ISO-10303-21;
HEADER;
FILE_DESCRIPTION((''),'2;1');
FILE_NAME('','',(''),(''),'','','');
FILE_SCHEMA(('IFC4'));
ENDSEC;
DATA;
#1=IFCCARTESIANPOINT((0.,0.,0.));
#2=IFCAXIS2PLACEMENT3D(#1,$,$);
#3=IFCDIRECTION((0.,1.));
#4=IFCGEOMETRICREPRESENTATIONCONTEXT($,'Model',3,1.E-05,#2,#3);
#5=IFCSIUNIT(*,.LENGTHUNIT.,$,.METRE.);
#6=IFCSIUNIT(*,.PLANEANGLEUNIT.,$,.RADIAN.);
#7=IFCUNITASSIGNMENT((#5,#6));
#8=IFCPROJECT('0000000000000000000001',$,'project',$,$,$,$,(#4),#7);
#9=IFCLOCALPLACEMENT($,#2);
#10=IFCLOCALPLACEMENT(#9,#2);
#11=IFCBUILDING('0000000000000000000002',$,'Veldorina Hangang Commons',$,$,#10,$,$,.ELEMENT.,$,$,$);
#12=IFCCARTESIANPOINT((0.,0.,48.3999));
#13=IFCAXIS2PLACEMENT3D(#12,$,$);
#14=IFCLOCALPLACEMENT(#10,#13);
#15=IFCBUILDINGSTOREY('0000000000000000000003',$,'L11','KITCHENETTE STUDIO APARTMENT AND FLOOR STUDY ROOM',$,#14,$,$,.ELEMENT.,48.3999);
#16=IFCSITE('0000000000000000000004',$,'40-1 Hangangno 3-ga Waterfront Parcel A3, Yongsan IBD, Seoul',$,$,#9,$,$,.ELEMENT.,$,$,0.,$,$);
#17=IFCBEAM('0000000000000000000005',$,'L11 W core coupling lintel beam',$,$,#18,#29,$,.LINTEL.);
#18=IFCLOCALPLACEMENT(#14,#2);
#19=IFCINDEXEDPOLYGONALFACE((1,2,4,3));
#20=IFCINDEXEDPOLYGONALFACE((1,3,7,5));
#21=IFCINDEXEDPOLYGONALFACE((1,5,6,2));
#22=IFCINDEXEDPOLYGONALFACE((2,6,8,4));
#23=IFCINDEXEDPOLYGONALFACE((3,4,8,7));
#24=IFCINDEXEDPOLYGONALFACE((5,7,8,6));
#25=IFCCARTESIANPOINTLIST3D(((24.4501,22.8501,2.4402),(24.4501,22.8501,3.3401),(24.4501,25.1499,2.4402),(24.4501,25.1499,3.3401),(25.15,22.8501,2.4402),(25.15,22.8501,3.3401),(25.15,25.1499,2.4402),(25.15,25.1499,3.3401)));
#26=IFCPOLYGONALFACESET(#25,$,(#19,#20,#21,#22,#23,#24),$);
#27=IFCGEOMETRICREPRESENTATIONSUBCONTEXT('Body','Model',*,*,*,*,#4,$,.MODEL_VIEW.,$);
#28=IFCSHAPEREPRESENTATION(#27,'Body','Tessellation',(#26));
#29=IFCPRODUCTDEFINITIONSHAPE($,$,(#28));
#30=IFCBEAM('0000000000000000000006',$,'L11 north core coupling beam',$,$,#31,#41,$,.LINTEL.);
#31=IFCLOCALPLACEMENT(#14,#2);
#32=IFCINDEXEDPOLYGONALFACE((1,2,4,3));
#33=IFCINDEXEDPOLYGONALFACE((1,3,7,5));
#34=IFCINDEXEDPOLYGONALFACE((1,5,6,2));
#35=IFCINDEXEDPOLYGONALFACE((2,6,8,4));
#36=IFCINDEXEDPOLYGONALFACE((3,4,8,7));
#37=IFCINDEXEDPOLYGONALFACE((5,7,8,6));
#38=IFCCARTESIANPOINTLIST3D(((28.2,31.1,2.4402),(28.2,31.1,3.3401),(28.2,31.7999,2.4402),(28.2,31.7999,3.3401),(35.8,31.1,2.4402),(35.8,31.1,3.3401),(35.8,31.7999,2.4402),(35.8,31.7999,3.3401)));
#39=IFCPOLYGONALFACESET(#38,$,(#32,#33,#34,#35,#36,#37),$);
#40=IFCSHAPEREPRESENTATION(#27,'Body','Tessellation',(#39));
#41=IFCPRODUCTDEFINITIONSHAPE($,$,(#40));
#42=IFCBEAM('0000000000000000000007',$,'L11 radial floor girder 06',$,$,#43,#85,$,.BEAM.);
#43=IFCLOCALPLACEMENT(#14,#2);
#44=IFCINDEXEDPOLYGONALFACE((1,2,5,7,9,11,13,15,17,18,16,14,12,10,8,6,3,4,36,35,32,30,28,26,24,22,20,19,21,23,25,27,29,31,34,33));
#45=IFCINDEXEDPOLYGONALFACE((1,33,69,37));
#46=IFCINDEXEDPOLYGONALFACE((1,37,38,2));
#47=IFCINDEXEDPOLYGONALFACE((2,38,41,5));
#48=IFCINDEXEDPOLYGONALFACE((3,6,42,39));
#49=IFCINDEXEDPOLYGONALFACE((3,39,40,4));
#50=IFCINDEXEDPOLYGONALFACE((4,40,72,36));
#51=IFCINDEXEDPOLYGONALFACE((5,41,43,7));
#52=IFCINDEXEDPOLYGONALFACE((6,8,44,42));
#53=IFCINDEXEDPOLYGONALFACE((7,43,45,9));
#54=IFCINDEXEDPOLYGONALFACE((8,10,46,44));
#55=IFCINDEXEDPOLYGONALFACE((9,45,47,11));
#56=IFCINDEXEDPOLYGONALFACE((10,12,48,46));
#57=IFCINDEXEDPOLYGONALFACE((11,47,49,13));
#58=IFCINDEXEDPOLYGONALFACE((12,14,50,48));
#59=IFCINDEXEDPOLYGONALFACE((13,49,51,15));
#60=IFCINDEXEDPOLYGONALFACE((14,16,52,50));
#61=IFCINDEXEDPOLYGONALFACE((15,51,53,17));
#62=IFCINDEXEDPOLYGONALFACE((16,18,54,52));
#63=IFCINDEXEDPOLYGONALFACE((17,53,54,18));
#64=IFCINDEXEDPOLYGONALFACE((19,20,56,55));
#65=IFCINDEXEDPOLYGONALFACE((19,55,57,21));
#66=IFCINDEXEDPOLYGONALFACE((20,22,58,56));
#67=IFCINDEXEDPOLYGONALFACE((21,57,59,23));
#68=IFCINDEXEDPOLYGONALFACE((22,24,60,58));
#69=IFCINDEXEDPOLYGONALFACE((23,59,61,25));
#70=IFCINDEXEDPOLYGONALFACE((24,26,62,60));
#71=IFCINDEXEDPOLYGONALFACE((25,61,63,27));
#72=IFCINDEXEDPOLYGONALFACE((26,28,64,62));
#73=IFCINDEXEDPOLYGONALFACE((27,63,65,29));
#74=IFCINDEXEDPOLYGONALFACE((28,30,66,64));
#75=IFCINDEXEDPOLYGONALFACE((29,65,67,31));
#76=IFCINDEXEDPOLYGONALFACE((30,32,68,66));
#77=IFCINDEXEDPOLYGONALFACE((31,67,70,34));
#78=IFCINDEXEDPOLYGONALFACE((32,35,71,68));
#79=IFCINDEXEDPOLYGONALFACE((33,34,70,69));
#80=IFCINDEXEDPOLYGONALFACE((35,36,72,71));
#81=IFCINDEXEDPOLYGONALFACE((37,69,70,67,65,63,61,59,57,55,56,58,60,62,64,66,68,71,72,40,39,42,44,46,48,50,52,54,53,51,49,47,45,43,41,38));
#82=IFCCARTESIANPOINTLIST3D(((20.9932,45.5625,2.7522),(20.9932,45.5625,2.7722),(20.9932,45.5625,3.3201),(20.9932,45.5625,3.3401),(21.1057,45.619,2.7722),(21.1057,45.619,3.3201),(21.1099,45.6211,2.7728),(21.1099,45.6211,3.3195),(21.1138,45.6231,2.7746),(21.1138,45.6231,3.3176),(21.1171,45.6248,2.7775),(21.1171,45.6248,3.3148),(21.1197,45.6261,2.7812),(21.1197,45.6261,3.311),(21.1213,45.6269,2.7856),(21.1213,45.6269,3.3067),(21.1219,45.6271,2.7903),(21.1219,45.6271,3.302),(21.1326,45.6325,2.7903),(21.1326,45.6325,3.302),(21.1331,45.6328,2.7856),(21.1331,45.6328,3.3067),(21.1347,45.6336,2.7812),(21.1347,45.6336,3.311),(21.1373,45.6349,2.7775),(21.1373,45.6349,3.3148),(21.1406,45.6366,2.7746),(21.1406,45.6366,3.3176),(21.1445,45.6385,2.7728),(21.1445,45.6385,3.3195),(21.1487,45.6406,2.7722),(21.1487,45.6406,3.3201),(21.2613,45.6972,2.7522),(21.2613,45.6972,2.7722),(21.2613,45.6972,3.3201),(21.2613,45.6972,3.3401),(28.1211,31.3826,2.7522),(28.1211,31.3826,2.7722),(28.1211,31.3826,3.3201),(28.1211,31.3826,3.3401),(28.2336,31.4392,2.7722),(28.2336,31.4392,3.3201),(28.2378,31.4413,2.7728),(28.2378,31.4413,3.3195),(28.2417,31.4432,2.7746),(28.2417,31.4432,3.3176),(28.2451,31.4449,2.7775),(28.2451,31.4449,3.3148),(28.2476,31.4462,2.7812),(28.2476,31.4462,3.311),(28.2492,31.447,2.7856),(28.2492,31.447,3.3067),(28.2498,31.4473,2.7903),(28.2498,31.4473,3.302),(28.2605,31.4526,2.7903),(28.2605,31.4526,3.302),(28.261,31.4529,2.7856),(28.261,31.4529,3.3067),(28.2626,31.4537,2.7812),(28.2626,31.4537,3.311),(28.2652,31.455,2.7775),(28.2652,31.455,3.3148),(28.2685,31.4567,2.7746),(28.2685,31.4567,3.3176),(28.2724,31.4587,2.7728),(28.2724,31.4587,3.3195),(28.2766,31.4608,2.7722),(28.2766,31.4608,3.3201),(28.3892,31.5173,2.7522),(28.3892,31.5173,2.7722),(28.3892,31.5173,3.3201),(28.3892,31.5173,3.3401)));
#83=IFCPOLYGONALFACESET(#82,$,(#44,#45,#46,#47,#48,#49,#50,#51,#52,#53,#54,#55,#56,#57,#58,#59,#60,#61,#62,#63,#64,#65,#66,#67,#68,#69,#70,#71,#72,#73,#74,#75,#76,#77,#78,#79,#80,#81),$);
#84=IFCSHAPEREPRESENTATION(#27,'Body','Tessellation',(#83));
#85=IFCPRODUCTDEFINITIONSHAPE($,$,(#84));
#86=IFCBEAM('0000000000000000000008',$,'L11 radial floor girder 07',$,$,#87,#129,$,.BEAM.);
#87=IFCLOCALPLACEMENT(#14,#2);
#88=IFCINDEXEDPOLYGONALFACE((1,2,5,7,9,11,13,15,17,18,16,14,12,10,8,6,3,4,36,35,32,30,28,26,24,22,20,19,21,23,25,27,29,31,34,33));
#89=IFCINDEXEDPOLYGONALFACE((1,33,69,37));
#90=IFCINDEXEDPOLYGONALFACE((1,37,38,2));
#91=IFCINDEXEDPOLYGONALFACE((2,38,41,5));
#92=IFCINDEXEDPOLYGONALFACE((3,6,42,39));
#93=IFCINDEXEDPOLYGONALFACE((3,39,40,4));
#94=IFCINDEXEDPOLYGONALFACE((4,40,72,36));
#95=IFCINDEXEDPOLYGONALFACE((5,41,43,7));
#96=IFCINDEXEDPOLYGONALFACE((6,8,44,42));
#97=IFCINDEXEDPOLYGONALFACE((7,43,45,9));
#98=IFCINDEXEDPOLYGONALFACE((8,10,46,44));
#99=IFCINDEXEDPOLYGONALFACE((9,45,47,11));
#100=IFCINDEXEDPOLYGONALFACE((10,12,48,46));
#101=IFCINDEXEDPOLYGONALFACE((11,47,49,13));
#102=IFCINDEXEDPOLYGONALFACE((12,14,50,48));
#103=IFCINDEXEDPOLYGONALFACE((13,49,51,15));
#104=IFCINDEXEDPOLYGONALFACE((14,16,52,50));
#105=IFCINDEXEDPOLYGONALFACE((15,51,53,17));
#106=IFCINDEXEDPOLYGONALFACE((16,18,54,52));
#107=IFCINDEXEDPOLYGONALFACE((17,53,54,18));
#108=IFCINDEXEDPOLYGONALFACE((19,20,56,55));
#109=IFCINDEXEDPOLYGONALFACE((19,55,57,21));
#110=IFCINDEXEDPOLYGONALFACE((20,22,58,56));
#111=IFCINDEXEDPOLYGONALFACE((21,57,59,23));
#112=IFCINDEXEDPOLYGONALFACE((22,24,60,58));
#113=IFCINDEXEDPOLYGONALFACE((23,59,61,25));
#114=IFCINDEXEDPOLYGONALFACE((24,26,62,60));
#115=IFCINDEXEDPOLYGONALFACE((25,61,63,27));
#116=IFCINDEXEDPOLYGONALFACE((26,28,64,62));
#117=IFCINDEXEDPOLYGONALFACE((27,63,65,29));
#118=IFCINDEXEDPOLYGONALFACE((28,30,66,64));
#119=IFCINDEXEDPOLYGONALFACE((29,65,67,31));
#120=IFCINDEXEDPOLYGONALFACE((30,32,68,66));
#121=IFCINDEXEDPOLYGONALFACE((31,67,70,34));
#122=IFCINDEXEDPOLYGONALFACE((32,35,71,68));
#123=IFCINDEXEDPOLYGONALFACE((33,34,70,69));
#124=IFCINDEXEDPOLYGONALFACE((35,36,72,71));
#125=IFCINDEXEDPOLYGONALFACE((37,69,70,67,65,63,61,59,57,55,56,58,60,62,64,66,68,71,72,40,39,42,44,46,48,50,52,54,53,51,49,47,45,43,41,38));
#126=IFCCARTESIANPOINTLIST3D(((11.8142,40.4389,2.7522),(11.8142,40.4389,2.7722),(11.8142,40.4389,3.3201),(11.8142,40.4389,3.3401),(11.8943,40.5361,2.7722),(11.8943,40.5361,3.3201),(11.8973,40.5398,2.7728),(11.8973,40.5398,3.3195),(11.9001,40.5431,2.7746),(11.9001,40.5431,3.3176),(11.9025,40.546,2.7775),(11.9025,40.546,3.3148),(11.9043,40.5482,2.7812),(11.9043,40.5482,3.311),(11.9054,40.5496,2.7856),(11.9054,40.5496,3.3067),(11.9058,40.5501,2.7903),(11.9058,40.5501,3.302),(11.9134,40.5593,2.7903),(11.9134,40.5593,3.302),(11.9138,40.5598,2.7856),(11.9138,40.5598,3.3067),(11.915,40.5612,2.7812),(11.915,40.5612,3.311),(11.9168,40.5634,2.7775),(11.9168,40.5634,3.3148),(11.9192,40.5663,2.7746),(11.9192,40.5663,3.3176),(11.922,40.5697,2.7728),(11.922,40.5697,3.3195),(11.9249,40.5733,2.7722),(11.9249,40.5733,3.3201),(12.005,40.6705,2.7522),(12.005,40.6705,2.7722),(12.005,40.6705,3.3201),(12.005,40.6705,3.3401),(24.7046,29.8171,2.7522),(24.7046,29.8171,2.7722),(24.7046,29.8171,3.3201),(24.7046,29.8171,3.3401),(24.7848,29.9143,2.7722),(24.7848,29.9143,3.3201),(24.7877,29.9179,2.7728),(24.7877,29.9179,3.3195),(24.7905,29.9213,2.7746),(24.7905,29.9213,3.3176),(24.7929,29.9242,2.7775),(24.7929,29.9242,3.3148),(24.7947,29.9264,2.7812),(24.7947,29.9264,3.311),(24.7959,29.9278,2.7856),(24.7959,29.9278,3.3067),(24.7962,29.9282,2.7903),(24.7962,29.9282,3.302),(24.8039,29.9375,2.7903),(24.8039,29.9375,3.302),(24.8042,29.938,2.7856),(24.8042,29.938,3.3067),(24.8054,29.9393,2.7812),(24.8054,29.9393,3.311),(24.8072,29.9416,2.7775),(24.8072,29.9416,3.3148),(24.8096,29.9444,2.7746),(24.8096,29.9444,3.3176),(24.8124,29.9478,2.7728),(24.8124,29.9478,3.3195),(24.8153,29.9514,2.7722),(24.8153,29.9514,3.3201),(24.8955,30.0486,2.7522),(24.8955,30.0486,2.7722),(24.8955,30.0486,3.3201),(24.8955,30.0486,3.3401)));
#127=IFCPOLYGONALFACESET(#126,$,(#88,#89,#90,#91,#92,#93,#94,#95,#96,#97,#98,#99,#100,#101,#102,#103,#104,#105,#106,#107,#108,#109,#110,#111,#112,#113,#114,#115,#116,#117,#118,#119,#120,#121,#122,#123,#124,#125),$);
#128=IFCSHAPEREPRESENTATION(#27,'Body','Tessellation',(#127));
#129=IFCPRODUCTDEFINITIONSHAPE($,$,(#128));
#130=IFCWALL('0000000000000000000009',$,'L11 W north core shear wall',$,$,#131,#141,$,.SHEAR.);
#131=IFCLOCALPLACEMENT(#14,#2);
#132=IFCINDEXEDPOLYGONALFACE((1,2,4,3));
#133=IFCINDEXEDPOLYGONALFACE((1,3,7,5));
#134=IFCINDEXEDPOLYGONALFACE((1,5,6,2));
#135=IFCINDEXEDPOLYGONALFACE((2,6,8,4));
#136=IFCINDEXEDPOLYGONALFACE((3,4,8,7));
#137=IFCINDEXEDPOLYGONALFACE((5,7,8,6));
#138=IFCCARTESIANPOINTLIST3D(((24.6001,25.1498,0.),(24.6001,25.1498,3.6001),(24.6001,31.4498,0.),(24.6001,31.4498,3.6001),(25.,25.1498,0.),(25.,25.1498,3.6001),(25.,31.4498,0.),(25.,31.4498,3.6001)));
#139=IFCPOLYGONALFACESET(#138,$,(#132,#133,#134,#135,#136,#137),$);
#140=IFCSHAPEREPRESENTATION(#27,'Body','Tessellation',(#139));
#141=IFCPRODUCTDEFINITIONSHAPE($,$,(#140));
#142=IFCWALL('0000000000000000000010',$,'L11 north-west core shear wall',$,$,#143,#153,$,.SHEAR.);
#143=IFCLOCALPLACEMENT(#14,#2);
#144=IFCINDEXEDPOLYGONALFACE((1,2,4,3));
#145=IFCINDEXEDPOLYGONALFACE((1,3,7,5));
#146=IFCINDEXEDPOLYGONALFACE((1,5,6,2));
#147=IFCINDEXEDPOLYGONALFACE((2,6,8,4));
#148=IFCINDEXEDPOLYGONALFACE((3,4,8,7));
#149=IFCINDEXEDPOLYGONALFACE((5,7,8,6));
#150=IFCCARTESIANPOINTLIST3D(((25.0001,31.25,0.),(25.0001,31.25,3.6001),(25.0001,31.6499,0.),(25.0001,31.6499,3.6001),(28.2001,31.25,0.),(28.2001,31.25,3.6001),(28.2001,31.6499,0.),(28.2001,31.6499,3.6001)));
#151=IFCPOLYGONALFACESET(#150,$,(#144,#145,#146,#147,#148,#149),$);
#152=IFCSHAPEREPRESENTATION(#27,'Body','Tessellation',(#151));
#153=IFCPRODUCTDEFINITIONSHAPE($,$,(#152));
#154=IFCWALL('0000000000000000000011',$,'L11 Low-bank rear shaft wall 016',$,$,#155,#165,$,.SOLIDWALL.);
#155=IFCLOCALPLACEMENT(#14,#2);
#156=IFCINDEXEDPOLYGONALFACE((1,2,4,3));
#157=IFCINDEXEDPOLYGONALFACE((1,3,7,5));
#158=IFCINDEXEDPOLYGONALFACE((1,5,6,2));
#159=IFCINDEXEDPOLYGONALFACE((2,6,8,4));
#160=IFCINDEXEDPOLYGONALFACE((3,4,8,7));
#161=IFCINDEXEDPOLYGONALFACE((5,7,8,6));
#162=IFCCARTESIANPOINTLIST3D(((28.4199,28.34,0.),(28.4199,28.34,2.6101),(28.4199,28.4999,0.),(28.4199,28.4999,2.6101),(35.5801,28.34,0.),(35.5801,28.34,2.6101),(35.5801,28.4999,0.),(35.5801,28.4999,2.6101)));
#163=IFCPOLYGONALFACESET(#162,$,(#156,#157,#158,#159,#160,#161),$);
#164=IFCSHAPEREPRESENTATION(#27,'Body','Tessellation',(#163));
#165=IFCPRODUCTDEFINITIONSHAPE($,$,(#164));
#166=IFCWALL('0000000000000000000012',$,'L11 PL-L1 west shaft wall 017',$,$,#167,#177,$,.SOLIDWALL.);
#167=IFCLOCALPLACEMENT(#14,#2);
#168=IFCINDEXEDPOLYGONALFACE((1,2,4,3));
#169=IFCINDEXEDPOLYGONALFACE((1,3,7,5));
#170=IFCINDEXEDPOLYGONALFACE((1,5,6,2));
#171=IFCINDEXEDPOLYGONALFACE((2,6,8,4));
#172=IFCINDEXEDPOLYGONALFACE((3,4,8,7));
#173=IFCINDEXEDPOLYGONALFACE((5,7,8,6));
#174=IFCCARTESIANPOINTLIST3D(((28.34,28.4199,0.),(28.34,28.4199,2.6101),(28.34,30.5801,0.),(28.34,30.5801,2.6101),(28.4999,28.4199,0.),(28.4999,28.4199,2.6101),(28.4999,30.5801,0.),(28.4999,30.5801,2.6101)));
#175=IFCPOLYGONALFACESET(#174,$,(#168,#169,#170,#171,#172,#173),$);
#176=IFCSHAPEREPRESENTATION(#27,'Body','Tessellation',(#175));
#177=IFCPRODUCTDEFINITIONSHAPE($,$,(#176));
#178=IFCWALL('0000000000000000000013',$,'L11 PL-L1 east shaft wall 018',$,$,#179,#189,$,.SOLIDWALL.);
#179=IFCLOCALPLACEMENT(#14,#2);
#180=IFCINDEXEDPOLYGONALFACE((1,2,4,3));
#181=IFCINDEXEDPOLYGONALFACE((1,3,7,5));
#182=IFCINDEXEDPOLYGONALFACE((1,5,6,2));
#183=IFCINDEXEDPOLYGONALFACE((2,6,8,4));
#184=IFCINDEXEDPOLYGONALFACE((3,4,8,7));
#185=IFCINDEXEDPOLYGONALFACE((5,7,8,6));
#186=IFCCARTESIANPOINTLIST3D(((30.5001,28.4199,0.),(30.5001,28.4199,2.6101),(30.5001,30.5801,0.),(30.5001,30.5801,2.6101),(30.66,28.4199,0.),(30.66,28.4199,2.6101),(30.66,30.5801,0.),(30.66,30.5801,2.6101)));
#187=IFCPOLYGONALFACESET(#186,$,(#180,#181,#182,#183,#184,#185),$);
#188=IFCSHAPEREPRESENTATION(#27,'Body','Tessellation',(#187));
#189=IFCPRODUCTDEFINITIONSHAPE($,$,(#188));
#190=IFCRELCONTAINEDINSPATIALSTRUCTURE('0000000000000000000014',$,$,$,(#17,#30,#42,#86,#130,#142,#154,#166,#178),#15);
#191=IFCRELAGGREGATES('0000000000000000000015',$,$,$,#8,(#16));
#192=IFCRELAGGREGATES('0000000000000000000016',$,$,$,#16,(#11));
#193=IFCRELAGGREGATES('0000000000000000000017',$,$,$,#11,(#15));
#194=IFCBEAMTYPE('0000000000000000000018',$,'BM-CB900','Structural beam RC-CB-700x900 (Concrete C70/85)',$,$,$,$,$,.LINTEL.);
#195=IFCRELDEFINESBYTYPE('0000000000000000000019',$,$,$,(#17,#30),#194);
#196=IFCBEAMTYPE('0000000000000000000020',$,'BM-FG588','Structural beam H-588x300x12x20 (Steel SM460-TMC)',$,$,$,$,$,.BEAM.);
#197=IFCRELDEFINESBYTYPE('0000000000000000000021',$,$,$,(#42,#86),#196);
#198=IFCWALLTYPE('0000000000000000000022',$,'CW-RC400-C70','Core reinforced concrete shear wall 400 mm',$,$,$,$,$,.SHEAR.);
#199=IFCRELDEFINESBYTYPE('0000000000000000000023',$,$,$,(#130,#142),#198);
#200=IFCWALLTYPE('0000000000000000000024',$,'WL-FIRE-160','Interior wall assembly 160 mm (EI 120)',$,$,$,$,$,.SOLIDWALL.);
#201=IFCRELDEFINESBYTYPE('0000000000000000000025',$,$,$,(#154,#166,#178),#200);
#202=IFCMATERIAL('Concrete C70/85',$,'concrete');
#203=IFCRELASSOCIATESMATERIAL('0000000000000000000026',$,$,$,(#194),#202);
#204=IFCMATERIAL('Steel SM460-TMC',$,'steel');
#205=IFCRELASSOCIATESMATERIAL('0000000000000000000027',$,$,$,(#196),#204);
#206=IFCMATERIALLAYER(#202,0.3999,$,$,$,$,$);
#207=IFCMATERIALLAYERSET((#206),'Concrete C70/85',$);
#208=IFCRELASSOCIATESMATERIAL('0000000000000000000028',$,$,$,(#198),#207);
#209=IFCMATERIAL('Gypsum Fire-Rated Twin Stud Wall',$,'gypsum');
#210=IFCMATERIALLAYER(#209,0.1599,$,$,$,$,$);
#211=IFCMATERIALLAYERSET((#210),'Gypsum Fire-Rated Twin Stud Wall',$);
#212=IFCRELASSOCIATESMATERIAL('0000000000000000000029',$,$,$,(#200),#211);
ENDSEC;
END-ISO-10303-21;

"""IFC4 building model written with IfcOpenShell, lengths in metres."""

from ifc_helpers import new_model, si_unit, direction, frame, frame_2d, origin, origin_2d, place, context, subcontext, project, spatial, rectangle, i_section, extrude, material, layer, layer_set, material_profile, profile_set, type_object, element, save


model = new_model("IFC4")

# Units and contexts
model_context = context("Model", 3, precision=1e-05, world=origin(), true_north=direction((0.0, 1.0)))
body_context = subcontext(model_context, "Body", "Model", "MODEL_VIEW")
ifc_project = project(units=[si_unit("LENGTHUNIT", "METRE"), si_unit("PLANEANGLEUNIT", "RADIAN")], contexts=[model_context])

# Site, building, storey
site_placement = place(None, origin())
site = spatial("IfcSite", under=ifc_project, at=site_placement, Name="40-1 Hangangno 3-ga Waterfront Parcel A3, Yongsan IBD, Seoul", CompositionType="ELEMENT", RefElevation=0.0)
building_placement = place(site_placement, origin())
building = spatial("IfcBuilding", under=site, at=building_placement, Name="Veldorina Hangang Commons", CompositionType="ELEMENT")
storey_placement = place(building_placement, frame((0.0, 0.0, 48.3999)))
storey = spatial("IfcBuildingStorey", under=building, at=storey_placement, Name="L11", Description="KITCHENETTE STUDIO APARTMENT AND FLOOR STUDY ROOM", CompositionType="ELEMENT", Elevation=48.3999)

# Beams
ifc_material_1 = material(Name="Concrete C70/85", Category="concrete")
ifc_material_profile_1 = material_profile(ifc_material_1, rectangle(XDim=0.7, YDim=0.8999, at=origin_2d()), Name="RC-CB-700x900")
ifc_profile_set_1 = profile_set([ifc_material_profile_1], Name="Concrete C70/85")
beam_type_1 = type_object("IfcBeamType", Name="BM-CB900", Description="Structural beam RC-CB-700x900 (Concrete C70/85)", PredefinedType="LINTEL", material=ifc_profile_set_1)
beam_1_placement = place(storey_placement, frame((24.8, 22.8501, 2.8901), z_axis=(0.0, 1.0, 0.0), x_axis=(-1.0, 0.0, 0.0)))
element("IfcBeam", 1, at=beam_1_placement, inside=storey, type_object=beam_type_1, Name="L11 W core coupling lintel beam", PredefinedType="LINTEL", context=body_context, shape_type="SweptSolid", body=[
    extrude(rectangle(XDim=0.7, YDim=0.8999, at=origin_2d()), origin(), (0.0, 0.0, 1.0), 2.2998),
])
beam_2_placement = place(storey_placement, frame((28.2, 31.45, 2.8901), z_axis=(1.0, 0.0, 0.0), x_axis=(0.0, 1.0, 0.0)))
element("IfcBeam", 2, at=beam_2_placement, inside=storey, type_object=beam_type_1, Name="L11 north core coupling beam", PredefinedType="LINTEL", context=body_context, shape_type="SweptSolid", body=[
    extrude(rectangle(XDim=0.7, YDim=0.8999, at=origin_2d()), origin(), (0.0, 0.0, 1.0), 7.6001),
])
ifc_material_2 = material(Name="Steel SM460-TMC", Category="steel")
ifc_material_profile_2 = material_profile(ifc_material_2, i_section(OverallWidth=0.3, OverallDepth=0.5879, WebThickness=0.012, FlangeThickness=0.02, FilletRadius=0.0181, at=origin_2d()), Name="H-588x300x12x20")
ifc_profile_set_2 = profile_set([ifc_material_profile_2], Name="Steel SM460-TMC")
beam_type_2 = type_object("IfcBeamType", Name="BM-FG588", Description="Structural beam H-588x300x12x20 (Steel SM460-TMC)", PredefinedType="BEAM", material=ifc_profile_set_2)
beam_3_placement = place(storey_placement, frame((28.2551, 31.45, 3.0461), z_axis=(-0.449126, 0.893468, 0.0), x_axis=(-0.893468, -0.449126, 0.0)))
element("IfcBeam", 3, at=beam_3_placement, inside=storey, type_object=beam_type_2, Name="L11 radial floor girder 06", PredefinedType="BEAM", context=body_context, shape_type="SweptSolid", body=[
    extrude(i_section(OverallWidth=0.3, OverallDepth=0.5879, WebThickness=0.012, FlangeThickness=0.02, FilletRadius=0.0181, at=origin_2d()), origin(), (0.0, 0.0, 1.0), 15.8706),
])
beam_4_placement = place(storey_placement, frame((24.8, 29.9329, 3.0461), z_axis=(-0.771748, 0.635929, 0.0), x_axis=(-0.635929, -0.771748, 0.0)))
element("IfcBeam", 4, at=beam_4_placement, inside=storey, type_object=beam_type_2, Name="L11 radial floor girder 07", PredefinedType="BEAM", context=body_context, shape_type="SweptSolid", body=[
    extrude(i_section(OverallWidth=0.3, OverallDepth=0.5879, WebThickness=0.012, FlangeThickness=0.02, FilletRadius=0.0181, at=origin_2d()), origin(), (0.0, 0.0, 1.0), 16.7029),
])

# Walls
ifc_layer_1 = layer(ifc_material_1, 0.3999)
ifc_layer_set_1 = layer_set([ifc_layer_1], Name="Concrete C70/85")
wall_type_1 = type_object("IfcWallType", Name="CW-RC400-C70", Description="Core reinforced concrete shear wall 400 mm", PredefinedType="SHEAR", material=ifc_layer_set_1)
wall_1_placement = place(storey_placement, frame((24.8, 25.1499, 0.0), z_axis=(0.0, 0.0, 1.0), x_axis=(0.0, 1.0, 0.0)))
element("IfcWall", 5, at=wall_1_placement, inside=storey, type_object=wall_type_1, Name="L11 W north core shear wall", PredefinedType="SHEAR", context=body_context, shape_type="SweptSolid", body=[
    extrude(rectangle(XDim=6.3, YDim=0.3999, at=frame_2d((3.1499, 0.0))), origin(), (0.0, 0.0, 1.0), 3.6001),
])
wall_2_placement = place(storey_placement, frame((25.0, 31.45, 0.0), z_axis=(0.0, 0.0, 1.0), x_axis=(1.0, 0.0, 0.0)))
element("IfcWall", 6, at=wall_2_placement, inside=storey, type_object=wall_type_1, Name="L11 north-west core shear wall", PredefinedType="SHEAR", context=body_context, shape_type="SweptSolid", body=[
    extrude(rectangle(XDim=3.2, YDim=0.3999, at=frame_2d((1.6001, 0.0))), origin(), (0.0, 0.0, 1.0), 3.6001),
])

# Shared definitions
ifc_material_3 = material(Name="Gypsum Fire-Rated Twin Stud Wall", Category="gypsum")
ifc_layer_2 = layer(ifc_material_3, 0.1599)
ifc_layer_set_2 = layer_set([ifc_layer_2], Name="Gypsum Fire-Rated Twin Stud Wall")
wall_type_2 = type_object("IfcWallType", Name="WL-FIRE-160", Description="Interior wall assembly 160 mm (EI 120)", PredefinedType="SOLIDWALL", material=ifc_layer_set_2)

# Walls
wall_3_placement = place(storey_placement, frame((28.4199, 28.4199, 0.0), z_axis=(0.0, 0.0, 1.0), x_axis=(1.0, 0.0, 0.0)))
element("IfcWall", 7, at=wall_3_placement, inside=storey, type_object=wall_type_2, Name="L11 Low-bank rear shaft wall 016", PredefinedType="SOLIDWALL", context=body_context, shape_type="SweptSolid", body=[
    extrude(rectangle(XDim=7.1602, YDim=0.1599, at=frame_2d((3.5801, 0.0))), origin(), (0.0, 0.0, 1.0), 2.6101),
])
for number, where, z_axis, x_axis, name in (
    (8, (28.4199, 28.4199, 0.0), (0.0, 0.0, 1.0), (0.0, 1.0, 0.0), "L11 PL-L1 west shaft wall 017"),
    (9, (30.5801, 28.4199, 0.0), (0.0, 0.0, 1.0), (0.0, 1.0, 0.0), "L11 PL-L1 east shaft wall 018"),
):
    element("IfcWall", number, at=place(storey_placement, frame(where, z_axis=z_axis, x_axis=x_axis)), inside=storey, type_object=wall_type_2, Name=name, PredefinedType="SOLIDWALL", context=body_context, shape_type="SweptSolid", body=[
        extrude(rectangle(XDim=2.1602, YDim=0.1599, at=frame_2d((1.0801, 0.0))), origin(), (0.0, 0.0, 1.0), 2.6101),
    ])

save(model, "model.ifc")
